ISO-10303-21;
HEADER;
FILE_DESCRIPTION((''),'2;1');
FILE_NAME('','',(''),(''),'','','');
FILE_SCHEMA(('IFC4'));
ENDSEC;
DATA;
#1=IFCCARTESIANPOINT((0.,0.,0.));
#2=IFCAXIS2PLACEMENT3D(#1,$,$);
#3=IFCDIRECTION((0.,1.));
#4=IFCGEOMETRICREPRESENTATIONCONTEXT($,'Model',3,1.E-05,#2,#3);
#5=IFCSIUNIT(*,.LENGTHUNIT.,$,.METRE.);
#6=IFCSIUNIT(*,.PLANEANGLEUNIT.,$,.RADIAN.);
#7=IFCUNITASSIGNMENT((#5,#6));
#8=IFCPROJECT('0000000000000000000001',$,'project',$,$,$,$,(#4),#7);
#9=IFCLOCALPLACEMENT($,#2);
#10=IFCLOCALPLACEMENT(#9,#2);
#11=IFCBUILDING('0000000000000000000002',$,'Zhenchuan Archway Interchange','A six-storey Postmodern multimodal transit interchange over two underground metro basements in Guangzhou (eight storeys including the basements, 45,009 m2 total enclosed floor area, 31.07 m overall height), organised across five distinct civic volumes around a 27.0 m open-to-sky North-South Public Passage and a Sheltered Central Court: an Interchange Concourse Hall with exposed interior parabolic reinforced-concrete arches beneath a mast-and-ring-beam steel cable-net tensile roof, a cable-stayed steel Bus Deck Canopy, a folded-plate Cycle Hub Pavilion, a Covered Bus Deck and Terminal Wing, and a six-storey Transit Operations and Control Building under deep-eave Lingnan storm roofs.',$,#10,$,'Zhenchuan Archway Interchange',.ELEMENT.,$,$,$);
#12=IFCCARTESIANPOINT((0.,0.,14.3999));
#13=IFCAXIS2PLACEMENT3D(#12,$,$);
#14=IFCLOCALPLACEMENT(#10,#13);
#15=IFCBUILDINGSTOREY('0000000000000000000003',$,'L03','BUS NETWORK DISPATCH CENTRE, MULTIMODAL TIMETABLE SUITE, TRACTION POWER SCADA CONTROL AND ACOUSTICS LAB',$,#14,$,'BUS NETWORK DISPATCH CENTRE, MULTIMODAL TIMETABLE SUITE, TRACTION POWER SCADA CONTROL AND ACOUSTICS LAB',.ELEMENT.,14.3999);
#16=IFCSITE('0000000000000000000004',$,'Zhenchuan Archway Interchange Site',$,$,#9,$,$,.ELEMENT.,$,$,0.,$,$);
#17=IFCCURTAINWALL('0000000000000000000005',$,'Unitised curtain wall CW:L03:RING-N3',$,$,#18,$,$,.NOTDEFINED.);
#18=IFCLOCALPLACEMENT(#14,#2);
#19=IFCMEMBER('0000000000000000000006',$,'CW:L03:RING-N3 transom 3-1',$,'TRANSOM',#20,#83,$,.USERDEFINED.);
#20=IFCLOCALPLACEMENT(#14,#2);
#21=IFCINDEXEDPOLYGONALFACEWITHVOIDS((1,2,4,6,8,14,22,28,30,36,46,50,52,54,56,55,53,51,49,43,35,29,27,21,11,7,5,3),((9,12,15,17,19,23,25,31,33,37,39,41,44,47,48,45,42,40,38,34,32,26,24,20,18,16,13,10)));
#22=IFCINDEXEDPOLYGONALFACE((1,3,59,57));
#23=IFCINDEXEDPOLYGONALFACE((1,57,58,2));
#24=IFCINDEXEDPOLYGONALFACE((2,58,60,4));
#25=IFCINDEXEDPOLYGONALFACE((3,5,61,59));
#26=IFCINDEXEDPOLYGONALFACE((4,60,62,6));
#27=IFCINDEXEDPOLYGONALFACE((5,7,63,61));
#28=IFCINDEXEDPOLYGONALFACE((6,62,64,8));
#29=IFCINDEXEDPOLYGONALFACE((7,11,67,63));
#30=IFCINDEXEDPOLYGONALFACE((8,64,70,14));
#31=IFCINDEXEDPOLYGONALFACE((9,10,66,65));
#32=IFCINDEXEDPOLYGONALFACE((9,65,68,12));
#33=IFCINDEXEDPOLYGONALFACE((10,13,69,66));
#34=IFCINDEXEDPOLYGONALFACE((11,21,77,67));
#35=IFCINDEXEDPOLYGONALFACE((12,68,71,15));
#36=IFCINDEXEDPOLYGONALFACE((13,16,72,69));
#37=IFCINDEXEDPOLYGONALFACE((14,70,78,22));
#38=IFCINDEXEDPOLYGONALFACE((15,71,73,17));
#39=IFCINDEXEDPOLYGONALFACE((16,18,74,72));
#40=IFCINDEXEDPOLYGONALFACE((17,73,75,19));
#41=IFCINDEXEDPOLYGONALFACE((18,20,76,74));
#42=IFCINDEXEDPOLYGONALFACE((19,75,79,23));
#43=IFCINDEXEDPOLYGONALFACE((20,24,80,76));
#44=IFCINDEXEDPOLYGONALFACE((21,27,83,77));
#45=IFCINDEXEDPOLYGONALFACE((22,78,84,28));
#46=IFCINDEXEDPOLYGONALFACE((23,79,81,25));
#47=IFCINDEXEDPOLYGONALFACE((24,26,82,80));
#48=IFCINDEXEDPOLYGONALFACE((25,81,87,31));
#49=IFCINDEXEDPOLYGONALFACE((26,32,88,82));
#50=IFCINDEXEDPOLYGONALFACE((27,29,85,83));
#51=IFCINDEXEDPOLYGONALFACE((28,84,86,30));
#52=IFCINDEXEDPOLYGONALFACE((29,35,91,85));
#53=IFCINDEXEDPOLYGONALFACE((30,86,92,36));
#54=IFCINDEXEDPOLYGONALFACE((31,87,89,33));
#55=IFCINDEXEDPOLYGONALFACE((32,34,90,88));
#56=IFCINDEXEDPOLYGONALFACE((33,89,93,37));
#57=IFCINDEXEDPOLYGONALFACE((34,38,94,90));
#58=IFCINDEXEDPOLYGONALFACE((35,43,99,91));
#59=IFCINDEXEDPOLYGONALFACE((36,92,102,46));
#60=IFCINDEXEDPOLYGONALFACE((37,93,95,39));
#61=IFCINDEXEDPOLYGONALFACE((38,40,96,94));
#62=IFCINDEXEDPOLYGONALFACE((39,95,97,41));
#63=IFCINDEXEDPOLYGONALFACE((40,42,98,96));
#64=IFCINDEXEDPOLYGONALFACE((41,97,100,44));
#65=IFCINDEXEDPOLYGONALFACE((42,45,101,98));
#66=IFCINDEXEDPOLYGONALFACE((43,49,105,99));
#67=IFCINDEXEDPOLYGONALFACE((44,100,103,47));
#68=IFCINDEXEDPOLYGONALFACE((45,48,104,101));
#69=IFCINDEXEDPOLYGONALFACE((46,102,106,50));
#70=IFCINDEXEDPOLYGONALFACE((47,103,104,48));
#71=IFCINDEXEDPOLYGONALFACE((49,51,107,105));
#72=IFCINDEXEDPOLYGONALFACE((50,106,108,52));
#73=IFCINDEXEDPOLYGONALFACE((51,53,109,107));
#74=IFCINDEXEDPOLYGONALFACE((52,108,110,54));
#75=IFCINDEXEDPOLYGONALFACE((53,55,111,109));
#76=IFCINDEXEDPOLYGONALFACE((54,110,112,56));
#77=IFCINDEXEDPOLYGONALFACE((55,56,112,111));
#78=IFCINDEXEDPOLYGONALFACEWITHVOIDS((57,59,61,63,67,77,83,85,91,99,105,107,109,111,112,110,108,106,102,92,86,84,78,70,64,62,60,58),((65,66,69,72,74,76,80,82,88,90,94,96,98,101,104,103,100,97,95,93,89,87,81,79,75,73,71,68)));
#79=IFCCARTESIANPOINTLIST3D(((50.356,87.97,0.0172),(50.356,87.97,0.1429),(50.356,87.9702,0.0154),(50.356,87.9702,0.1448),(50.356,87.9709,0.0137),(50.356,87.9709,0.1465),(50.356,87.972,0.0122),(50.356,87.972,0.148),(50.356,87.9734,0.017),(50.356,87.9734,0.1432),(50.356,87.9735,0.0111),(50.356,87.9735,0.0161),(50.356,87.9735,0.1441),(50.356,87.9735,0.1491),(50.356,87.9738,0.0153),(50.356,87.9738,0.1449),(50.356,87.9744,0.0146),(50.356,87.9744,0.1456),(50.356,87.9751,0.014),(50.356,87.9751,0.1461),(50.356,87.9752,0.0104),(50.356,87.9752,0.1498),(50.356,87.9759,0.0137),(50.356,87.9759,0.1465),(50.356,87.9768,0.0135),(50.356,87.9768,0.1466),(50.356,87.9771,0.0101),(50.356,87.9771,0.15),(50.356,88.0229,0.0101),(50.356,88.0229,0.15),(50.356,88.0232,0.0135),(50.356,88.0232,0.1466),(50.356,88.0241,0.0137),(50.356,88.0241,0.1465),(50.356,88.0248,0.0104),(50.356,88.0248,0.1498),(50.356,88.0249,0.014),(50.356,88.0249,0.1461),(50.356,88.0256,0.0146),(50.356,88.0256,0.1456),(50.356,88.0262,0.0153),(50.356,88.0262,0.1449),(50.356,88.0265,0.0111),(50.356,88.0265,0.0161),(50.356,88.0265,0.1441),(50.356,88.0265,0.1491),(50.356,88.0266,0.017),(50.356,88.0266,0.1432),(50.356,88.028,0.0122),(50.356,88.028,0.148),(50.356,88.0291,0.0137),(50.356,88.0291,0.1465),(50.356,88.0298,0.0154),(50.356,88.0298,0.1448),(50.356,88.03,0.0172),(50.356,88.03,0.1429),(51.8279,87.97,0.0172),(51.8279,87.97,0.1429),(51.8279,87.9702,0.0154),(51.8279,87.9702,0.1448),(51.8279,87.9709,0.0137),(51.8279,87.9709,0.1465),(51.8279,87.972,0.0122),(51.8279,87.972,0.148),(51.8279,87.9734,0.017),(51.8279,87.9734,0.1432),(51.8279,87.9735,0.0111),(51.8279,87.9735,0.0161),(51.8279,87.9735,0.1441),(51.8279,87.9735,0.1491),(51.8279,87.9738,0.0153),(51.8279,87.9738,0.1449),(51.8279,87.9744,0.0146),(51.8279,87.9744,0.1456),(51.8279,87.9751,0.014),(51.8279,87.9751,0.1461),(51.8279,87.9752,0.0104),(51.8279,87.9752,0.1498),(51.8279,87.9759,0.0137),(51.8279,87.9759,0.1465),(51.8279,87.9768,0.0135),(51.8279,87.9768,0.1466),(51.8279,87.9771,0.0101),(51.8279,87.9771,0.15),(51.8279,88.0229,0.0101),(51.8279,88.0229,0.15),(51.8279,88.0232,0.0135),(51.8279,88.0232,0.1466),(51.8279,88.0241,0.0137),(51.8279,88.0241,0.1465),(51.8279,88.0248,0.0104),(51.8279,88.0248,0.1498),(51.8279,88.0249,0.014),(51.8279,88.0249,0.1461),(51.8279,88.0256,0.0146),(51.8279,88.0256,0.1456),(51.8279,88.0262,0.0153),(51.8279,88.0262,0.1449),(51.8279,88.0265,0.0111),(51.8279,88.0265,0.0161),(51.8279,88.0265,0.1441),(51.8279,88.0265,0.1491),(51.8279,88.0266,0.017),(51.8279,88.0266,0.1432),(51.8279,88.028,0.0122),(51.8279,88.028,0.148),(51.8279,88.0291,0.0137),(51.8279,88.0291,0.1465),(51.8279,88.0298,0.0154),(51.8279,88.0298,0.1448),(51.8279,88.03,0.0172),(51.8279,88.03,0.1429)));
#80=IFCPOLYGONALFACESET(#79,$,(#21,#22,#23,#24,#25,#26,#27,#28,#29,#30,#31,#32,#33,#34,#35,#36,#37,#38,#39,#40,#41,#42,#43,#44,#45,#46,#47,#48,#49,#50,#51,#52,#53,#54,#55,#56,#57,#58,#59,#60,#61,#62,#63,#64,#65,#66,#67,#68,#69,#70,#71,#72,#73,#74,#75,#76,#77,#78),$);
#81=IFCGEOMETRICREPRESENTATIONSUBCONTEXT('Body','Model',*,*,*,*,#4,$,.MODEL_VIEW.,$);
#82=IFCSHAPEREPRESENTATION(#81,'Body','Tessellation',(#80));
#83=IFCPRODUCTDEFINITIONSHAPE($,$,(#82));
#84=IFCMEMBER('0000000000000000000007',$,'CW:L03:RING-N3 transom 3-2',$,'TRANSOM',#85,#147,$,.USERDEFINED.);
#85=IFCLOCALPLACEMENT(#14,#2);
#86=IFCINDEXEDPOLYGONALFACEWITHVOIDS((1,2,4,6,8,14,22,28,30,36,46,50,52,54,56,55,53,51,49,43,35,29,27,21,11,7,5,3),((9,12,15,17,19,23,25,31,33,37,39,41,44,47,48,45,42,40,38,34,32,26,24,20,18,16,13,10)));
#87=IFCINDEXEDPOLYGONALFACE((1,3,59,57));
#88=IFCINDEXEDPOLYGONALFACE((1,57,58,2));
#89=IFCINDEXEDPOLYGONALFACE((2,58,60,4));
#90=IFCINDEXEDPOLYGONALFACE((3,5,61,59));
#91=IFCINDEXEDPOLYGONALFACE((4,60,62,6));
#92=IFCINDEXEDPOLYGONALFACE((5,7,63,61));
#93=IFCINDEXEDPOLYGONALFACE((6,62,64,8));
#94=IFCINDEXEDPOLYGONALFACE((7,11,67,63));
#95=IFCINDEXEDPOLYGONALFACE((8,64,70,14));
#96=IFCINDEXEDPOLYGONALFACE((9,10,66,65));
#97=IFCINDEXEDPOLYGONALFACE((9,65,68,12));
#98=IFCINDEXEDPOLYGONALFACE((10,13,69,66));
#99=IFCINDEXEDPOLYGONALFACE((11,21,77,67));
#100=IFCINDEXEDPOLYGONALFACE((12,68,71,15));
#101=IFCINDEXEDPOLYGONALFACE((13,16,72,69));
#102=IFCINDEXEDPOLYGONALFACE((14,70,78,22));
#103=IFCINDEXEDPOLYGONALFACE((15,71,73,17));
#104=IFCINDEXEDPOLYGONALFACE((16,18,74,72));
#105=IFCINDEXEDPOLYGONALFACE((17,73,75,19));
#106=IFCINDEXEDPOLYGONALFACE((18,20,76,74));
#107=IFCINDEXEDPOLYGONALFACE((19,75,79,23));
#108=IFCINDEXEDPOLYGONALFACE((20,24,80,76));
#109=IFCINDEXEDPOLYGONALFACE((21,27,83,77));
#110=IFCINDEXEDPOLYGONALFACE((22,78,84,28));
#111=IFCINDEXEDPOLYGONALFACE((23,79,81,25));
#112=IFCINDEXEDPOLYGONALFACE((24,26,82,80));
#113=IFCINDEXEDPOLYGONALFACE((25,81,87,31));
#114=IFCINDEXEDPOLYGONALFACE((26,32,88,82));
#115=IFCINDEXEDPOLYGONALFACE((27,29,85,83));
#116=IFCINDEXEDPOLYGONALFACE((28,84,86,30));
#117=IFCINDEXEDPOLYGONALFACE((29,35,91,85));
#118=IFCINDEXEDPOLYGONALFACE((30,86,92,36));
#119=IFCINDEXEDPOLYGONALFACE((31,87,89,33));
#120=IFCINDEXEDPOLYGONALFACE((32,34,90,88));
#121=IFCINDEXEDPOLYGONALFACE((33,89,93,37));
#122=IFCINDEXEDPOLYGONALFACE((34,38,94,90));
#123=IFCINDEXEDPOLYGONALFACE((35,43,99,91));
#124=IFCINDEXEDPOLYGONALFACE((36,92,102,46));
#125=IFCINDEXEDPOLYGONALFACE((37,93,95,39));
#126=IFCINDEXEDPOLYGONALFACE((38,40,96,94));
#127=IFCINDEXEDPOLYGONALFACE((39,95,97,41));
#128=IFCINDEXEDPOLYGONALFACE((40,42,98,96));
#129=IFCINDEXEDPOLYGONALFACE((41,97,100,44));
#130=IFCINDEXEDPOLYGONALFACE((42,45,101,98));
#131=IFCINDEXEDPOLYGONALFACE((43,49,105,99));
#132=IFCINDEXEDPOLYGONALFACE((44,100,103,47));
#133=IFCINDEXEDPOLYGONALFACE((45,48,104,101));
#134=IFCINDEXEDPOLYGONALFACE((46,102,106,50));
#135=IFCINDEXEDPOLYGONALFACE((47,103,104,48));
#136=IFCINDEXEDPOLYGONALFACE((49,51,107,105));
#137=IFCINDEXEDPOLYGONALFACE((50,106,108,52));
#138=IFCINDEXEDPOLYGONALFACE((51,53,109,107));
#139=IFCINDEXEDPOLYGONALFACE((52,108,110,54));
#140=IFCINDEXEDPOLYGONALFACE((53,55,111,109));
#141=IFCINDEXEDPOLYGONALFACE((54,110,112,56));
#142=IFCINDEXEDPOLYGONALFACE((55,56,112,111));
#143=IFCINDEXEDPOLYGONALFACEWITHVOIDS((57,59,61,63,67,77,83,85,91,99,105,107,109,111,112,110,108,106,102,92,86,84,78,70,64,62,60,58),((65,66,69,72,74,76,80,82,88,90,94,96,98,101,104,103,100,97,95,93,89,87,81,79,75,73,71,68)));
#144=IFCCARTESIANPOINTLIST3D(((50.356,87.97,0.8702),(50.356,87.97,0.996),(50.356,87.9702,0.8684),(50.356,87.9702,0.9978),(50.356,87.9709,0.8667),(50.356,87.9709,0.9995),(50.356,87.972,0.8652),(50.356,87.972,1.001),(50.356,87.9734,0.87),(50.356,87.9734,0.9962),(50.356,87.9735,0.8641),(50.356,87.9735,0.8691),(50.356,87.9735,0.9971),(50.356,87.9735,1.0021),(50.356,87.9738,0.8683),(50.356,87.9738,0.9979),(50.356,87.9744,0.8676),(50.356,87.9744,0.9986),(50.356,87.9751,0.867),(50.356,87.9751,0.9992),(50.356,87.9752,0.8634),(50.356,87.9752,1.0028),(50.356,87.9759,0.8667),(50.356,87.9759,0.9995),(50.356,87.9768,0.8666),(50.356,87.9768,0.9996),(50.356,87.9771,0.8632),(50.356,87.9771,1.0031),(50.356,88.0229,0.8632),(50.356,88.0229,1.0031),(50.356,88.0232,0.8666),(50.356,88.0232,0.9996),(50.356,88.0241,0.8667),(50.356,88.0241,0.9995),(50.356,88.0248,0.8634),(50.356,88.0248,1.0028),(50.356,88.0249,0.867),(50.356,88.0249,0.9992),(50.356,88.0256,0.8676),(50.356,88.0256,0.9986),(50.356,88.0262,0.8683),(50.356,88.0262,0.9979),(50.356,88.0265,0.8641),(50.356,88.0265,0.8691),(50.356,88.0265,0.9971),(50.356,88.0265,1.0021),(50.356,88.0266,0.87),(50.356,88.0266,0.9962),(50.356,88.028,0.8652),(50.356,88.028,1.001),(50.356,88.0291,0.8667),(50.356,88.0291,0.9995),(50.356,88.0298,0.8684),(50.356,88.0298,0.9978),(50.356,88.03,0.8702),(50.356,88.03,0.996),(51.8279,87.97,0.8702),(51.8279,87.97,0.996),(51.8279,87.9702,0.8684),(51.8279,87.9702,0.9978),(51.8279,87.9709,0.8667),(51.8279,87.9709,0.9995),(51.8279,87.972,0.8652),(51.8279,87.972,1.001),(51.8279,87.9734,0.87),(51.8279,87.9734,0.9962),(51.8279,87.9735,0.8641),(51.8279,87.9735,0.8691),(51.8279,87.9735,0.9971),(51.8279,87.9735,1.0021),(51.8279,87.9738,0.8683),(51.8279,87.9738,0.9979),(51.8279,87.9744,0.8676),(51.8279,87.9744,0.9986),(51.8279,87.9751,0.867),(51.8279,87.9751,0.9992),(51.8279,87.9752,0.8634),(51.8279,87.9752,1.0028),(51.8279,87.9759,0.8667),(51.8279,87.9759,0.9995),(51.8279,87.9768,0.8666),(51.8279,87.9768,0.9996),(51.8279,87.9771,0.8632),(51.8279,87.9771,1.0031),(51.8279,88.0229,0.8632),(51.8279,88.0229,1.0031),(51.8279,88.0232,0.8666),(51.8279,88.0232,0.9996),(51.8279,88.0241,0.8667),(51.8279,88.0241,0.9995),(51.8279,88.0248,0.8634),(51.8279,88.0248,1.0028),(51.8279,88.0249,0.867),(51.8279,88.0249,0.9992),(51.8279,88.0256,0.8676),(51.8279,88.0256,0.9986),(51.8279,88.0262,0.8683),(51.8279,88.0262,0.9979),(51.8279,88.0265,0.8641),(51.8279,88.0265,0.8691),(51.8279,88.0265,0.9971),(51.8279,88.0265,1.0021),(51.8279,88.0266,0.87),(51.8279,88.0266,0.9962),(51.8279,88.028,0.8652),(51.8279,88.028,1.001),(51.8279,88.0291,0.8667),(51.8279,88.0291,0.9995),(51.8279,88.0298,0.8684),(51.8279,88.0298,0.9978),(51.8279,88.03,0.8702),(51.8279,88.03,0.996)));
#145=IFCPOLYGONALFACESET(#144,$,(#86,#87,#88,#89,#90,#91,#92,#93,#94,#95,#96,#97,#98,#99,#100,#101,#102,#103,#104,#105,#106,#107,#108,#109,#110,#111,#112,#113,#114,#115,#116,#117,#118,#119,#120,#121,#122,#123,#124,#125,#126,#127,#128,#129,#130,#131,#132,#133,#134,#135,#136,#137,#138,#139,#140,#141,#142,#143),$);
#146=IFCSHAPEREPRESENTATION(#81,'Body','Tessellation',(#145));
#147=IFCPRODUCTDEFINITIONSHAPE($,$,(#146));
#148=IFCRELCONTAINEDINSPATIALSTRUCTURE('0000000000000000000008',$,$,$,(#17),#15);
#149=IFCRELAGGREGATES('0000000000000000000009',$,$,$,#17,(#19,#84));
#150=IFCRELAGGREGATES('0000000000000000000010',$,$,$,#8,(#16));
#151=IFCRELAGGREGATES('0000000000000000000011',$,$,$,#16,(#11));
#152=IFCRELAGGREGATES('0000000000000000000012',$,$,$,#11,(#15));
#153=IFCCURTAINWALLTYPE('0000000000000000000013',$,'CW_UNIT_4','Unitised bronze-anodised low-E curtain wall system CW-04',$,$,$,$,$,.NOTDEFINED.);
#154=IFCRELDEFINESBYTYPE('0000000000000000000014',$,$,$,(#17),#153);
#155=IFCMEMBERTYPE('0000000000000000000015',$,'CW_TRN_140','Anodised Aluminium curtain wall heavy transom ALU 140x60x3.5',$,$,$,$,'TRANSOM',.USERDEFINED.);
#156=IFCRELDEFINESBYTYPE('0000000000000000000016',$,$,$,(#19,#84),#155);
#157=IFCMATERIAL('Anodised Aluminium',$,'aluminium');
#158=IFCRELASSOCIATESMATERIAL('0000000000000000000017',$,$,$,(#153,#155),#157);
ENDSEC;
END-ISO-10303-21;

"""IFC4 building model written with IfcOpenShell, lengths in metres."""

from ifc_helpers import new_model, si_unit, direction, frame, origin, origin_2d, place, context, subcontext, project, spatial, hollow_rectangle, extrude, material, material_profile, profile_set, type_object, element, aggregate, save


model = new_model("IFC4")

# Units and contexts
model_context = context("Model", 3, precision=1e-05, world=origin(), true_north=direction((0.0, 1.0)))
body_context = subcontext(model_context, "Body", "Model", "MODEL_VIEW")
ifc_project = project(units=[si_unit("LENGTHUNIT", "METRE"), si_unit("PLANEANGLEUNIT", "RADIAN")], contexts=[model_context])

# Site, building, storey
site_placement = place(None, origin())
site = spatial("IfcSite", under=ifc_project, at=site_placement, Name="Zhenchuan Archway Interchange Site", CompositionType="ELEMENT", RefElevation=0.0)
building_placement = place(site_placement, origin())
building = spatial("IfcBuilding", under=site, at=building_placement, Name="Zhenchuan Archway Interchange", Description="A six-storey Postmodern multimodal transit interchange over two underground metro basements in Guangzhou (eight storeys including the basements, 45,009 m2 total enclosed floor area, 31.07 m overall height), organised across five distinct civic volumes around a 27.0 m open-to-sky North-South Public Passage and a Sheltered Central Court: an Interchange Concourse Hall with exposed interior parabolic reinforced-concrete arches beneath a mast-and-ring-beam steel cable-net tensile roof, a cable-stayed steel Bus Deck Canopy, a folded-plate Cycle Hub Pavilion, a Covered Bus Deck and Terminal Wing, and a six-storey Transit Operations and Control Building under deep-eave Lingnan storm roofs.", LongName="Zhenchuan Archway Interchange", CompositionType="ELEMENT")
storey_placement = place(building_placement, frame((0.0, 0.0, 14.3999)))
storey = spatial("IfcBuildingStorey", under=building, at=storey_placement, Name="L03", Description="BUS NETWORK DISPATCH CENTRE, MULTIMODAL TIMETABLE SUITE, TRACTION POWER SCADA CONTROL AND ACOUSTICS LAB", LongName="BUS NETWORK DISPATCH CENTRE, MULTIMODAL TIMETABLE SUITE, TRACTION POWER SCADA CONTROL AND ACOUSTICS LAB", CompositionType="ELEMENT", Elevation=14.3999)

# Curtain wall
ifc_material_1 = material(Name="Anodised Aluminium", Category="aluminium")
curtain_wall_type = type_object("IfcCurtainWallType", Name="CW_UNIT_4", Description="Unitised bronze-anodised low-E curtain wall system CW-04", PredefinedType="NOTDEFINED", material=ifc_material_1)
curtain_wall_1_placement = place(storey_placement, origin())
curtain_wall_1 = element("IfcCurtainWall", 1, at=curtain_wall_1_placement, inside=storey, type_object=curtain_wall_type, Name="Unitised curtain wall CW:L03:RING-N3", PredefinedType="NOTDEFINED")

# Members
ifc_material_profile_1 = material_profile(ifc_material_1, hollow_rectangle(XDim=0.0601, YDim=0.1399, WallThickness=0.0034, InnerFilletRadius=0.0034, OuterFilletRadius=0.0071, at=origin_2d()), Name="ALU 140x60x3.5")
ifc_profile_set_1 = profile_set([ifc_material_profile_1], Name="Anodised Aluminium")
member_type_1 = type_object("IfcMemberType", Name="CW_TRN_140", Description="Anodised Aluminium curtain wall heavy transom ALU 140x60x3.5", ElementType="TRANSOM", PredefinedType="USERDEFINED", material=ifc_profile_set_1)
member_1_placement = place(storey_placement, frame((50.356, 88.0, 0.0801), z_axis=(1.0, 0.0, 0.0), x_axis=(0.0, 1.0, 0.0)))
member_1 = element("IfcMember", 2, at=member_1_placement, type_object=member_type_1, Name="CW:L03:RING-N3 transom 3-1", ObjectType="TRANSOM", PredefinedType="USERDEFINED", context=body_context, shape_type="SweptSolid", body=[
    extrude(hollow_rectangle(XDim=0.0601, YDim=0.1399, WallThickness=0.0034, InnerFilletRadius=0.0034, OuterFilletRadius=0.0071, at=origin_2d()), origin(), (0.0, 0.0, 1.0), 1.4719),
])
member_2_placement = place(storey_placement, frame((50.356, 88.0, 0.9331), z_axis=(1.0, 0.0, 0.0), x_axis=(0.0, 1.0, 0.0)))
member_2 = element("IfcMember", 3, at=member_2_placement, type_object=member_type_1, Name="CW:L03:RING-N3 transom 3-2", ObjectType="TRANSOM", PredefinedType="USERDEFINED", context=body_context, shape_type="SweptSolid", body=[
    extrude(hollow_rectangle(XDim=0.0601, YDim=0.1399, WallThickness=0.0034, InnerFilletRadius=0.0034, OuterFilletRadius=0.0071, at=origin_2d()), origin(), (0.0, 0.0, 1.0), 1.4719),
])

aggregate(curtain_wall_1, [member_1, member_2])

save(model, "model.ifc")
